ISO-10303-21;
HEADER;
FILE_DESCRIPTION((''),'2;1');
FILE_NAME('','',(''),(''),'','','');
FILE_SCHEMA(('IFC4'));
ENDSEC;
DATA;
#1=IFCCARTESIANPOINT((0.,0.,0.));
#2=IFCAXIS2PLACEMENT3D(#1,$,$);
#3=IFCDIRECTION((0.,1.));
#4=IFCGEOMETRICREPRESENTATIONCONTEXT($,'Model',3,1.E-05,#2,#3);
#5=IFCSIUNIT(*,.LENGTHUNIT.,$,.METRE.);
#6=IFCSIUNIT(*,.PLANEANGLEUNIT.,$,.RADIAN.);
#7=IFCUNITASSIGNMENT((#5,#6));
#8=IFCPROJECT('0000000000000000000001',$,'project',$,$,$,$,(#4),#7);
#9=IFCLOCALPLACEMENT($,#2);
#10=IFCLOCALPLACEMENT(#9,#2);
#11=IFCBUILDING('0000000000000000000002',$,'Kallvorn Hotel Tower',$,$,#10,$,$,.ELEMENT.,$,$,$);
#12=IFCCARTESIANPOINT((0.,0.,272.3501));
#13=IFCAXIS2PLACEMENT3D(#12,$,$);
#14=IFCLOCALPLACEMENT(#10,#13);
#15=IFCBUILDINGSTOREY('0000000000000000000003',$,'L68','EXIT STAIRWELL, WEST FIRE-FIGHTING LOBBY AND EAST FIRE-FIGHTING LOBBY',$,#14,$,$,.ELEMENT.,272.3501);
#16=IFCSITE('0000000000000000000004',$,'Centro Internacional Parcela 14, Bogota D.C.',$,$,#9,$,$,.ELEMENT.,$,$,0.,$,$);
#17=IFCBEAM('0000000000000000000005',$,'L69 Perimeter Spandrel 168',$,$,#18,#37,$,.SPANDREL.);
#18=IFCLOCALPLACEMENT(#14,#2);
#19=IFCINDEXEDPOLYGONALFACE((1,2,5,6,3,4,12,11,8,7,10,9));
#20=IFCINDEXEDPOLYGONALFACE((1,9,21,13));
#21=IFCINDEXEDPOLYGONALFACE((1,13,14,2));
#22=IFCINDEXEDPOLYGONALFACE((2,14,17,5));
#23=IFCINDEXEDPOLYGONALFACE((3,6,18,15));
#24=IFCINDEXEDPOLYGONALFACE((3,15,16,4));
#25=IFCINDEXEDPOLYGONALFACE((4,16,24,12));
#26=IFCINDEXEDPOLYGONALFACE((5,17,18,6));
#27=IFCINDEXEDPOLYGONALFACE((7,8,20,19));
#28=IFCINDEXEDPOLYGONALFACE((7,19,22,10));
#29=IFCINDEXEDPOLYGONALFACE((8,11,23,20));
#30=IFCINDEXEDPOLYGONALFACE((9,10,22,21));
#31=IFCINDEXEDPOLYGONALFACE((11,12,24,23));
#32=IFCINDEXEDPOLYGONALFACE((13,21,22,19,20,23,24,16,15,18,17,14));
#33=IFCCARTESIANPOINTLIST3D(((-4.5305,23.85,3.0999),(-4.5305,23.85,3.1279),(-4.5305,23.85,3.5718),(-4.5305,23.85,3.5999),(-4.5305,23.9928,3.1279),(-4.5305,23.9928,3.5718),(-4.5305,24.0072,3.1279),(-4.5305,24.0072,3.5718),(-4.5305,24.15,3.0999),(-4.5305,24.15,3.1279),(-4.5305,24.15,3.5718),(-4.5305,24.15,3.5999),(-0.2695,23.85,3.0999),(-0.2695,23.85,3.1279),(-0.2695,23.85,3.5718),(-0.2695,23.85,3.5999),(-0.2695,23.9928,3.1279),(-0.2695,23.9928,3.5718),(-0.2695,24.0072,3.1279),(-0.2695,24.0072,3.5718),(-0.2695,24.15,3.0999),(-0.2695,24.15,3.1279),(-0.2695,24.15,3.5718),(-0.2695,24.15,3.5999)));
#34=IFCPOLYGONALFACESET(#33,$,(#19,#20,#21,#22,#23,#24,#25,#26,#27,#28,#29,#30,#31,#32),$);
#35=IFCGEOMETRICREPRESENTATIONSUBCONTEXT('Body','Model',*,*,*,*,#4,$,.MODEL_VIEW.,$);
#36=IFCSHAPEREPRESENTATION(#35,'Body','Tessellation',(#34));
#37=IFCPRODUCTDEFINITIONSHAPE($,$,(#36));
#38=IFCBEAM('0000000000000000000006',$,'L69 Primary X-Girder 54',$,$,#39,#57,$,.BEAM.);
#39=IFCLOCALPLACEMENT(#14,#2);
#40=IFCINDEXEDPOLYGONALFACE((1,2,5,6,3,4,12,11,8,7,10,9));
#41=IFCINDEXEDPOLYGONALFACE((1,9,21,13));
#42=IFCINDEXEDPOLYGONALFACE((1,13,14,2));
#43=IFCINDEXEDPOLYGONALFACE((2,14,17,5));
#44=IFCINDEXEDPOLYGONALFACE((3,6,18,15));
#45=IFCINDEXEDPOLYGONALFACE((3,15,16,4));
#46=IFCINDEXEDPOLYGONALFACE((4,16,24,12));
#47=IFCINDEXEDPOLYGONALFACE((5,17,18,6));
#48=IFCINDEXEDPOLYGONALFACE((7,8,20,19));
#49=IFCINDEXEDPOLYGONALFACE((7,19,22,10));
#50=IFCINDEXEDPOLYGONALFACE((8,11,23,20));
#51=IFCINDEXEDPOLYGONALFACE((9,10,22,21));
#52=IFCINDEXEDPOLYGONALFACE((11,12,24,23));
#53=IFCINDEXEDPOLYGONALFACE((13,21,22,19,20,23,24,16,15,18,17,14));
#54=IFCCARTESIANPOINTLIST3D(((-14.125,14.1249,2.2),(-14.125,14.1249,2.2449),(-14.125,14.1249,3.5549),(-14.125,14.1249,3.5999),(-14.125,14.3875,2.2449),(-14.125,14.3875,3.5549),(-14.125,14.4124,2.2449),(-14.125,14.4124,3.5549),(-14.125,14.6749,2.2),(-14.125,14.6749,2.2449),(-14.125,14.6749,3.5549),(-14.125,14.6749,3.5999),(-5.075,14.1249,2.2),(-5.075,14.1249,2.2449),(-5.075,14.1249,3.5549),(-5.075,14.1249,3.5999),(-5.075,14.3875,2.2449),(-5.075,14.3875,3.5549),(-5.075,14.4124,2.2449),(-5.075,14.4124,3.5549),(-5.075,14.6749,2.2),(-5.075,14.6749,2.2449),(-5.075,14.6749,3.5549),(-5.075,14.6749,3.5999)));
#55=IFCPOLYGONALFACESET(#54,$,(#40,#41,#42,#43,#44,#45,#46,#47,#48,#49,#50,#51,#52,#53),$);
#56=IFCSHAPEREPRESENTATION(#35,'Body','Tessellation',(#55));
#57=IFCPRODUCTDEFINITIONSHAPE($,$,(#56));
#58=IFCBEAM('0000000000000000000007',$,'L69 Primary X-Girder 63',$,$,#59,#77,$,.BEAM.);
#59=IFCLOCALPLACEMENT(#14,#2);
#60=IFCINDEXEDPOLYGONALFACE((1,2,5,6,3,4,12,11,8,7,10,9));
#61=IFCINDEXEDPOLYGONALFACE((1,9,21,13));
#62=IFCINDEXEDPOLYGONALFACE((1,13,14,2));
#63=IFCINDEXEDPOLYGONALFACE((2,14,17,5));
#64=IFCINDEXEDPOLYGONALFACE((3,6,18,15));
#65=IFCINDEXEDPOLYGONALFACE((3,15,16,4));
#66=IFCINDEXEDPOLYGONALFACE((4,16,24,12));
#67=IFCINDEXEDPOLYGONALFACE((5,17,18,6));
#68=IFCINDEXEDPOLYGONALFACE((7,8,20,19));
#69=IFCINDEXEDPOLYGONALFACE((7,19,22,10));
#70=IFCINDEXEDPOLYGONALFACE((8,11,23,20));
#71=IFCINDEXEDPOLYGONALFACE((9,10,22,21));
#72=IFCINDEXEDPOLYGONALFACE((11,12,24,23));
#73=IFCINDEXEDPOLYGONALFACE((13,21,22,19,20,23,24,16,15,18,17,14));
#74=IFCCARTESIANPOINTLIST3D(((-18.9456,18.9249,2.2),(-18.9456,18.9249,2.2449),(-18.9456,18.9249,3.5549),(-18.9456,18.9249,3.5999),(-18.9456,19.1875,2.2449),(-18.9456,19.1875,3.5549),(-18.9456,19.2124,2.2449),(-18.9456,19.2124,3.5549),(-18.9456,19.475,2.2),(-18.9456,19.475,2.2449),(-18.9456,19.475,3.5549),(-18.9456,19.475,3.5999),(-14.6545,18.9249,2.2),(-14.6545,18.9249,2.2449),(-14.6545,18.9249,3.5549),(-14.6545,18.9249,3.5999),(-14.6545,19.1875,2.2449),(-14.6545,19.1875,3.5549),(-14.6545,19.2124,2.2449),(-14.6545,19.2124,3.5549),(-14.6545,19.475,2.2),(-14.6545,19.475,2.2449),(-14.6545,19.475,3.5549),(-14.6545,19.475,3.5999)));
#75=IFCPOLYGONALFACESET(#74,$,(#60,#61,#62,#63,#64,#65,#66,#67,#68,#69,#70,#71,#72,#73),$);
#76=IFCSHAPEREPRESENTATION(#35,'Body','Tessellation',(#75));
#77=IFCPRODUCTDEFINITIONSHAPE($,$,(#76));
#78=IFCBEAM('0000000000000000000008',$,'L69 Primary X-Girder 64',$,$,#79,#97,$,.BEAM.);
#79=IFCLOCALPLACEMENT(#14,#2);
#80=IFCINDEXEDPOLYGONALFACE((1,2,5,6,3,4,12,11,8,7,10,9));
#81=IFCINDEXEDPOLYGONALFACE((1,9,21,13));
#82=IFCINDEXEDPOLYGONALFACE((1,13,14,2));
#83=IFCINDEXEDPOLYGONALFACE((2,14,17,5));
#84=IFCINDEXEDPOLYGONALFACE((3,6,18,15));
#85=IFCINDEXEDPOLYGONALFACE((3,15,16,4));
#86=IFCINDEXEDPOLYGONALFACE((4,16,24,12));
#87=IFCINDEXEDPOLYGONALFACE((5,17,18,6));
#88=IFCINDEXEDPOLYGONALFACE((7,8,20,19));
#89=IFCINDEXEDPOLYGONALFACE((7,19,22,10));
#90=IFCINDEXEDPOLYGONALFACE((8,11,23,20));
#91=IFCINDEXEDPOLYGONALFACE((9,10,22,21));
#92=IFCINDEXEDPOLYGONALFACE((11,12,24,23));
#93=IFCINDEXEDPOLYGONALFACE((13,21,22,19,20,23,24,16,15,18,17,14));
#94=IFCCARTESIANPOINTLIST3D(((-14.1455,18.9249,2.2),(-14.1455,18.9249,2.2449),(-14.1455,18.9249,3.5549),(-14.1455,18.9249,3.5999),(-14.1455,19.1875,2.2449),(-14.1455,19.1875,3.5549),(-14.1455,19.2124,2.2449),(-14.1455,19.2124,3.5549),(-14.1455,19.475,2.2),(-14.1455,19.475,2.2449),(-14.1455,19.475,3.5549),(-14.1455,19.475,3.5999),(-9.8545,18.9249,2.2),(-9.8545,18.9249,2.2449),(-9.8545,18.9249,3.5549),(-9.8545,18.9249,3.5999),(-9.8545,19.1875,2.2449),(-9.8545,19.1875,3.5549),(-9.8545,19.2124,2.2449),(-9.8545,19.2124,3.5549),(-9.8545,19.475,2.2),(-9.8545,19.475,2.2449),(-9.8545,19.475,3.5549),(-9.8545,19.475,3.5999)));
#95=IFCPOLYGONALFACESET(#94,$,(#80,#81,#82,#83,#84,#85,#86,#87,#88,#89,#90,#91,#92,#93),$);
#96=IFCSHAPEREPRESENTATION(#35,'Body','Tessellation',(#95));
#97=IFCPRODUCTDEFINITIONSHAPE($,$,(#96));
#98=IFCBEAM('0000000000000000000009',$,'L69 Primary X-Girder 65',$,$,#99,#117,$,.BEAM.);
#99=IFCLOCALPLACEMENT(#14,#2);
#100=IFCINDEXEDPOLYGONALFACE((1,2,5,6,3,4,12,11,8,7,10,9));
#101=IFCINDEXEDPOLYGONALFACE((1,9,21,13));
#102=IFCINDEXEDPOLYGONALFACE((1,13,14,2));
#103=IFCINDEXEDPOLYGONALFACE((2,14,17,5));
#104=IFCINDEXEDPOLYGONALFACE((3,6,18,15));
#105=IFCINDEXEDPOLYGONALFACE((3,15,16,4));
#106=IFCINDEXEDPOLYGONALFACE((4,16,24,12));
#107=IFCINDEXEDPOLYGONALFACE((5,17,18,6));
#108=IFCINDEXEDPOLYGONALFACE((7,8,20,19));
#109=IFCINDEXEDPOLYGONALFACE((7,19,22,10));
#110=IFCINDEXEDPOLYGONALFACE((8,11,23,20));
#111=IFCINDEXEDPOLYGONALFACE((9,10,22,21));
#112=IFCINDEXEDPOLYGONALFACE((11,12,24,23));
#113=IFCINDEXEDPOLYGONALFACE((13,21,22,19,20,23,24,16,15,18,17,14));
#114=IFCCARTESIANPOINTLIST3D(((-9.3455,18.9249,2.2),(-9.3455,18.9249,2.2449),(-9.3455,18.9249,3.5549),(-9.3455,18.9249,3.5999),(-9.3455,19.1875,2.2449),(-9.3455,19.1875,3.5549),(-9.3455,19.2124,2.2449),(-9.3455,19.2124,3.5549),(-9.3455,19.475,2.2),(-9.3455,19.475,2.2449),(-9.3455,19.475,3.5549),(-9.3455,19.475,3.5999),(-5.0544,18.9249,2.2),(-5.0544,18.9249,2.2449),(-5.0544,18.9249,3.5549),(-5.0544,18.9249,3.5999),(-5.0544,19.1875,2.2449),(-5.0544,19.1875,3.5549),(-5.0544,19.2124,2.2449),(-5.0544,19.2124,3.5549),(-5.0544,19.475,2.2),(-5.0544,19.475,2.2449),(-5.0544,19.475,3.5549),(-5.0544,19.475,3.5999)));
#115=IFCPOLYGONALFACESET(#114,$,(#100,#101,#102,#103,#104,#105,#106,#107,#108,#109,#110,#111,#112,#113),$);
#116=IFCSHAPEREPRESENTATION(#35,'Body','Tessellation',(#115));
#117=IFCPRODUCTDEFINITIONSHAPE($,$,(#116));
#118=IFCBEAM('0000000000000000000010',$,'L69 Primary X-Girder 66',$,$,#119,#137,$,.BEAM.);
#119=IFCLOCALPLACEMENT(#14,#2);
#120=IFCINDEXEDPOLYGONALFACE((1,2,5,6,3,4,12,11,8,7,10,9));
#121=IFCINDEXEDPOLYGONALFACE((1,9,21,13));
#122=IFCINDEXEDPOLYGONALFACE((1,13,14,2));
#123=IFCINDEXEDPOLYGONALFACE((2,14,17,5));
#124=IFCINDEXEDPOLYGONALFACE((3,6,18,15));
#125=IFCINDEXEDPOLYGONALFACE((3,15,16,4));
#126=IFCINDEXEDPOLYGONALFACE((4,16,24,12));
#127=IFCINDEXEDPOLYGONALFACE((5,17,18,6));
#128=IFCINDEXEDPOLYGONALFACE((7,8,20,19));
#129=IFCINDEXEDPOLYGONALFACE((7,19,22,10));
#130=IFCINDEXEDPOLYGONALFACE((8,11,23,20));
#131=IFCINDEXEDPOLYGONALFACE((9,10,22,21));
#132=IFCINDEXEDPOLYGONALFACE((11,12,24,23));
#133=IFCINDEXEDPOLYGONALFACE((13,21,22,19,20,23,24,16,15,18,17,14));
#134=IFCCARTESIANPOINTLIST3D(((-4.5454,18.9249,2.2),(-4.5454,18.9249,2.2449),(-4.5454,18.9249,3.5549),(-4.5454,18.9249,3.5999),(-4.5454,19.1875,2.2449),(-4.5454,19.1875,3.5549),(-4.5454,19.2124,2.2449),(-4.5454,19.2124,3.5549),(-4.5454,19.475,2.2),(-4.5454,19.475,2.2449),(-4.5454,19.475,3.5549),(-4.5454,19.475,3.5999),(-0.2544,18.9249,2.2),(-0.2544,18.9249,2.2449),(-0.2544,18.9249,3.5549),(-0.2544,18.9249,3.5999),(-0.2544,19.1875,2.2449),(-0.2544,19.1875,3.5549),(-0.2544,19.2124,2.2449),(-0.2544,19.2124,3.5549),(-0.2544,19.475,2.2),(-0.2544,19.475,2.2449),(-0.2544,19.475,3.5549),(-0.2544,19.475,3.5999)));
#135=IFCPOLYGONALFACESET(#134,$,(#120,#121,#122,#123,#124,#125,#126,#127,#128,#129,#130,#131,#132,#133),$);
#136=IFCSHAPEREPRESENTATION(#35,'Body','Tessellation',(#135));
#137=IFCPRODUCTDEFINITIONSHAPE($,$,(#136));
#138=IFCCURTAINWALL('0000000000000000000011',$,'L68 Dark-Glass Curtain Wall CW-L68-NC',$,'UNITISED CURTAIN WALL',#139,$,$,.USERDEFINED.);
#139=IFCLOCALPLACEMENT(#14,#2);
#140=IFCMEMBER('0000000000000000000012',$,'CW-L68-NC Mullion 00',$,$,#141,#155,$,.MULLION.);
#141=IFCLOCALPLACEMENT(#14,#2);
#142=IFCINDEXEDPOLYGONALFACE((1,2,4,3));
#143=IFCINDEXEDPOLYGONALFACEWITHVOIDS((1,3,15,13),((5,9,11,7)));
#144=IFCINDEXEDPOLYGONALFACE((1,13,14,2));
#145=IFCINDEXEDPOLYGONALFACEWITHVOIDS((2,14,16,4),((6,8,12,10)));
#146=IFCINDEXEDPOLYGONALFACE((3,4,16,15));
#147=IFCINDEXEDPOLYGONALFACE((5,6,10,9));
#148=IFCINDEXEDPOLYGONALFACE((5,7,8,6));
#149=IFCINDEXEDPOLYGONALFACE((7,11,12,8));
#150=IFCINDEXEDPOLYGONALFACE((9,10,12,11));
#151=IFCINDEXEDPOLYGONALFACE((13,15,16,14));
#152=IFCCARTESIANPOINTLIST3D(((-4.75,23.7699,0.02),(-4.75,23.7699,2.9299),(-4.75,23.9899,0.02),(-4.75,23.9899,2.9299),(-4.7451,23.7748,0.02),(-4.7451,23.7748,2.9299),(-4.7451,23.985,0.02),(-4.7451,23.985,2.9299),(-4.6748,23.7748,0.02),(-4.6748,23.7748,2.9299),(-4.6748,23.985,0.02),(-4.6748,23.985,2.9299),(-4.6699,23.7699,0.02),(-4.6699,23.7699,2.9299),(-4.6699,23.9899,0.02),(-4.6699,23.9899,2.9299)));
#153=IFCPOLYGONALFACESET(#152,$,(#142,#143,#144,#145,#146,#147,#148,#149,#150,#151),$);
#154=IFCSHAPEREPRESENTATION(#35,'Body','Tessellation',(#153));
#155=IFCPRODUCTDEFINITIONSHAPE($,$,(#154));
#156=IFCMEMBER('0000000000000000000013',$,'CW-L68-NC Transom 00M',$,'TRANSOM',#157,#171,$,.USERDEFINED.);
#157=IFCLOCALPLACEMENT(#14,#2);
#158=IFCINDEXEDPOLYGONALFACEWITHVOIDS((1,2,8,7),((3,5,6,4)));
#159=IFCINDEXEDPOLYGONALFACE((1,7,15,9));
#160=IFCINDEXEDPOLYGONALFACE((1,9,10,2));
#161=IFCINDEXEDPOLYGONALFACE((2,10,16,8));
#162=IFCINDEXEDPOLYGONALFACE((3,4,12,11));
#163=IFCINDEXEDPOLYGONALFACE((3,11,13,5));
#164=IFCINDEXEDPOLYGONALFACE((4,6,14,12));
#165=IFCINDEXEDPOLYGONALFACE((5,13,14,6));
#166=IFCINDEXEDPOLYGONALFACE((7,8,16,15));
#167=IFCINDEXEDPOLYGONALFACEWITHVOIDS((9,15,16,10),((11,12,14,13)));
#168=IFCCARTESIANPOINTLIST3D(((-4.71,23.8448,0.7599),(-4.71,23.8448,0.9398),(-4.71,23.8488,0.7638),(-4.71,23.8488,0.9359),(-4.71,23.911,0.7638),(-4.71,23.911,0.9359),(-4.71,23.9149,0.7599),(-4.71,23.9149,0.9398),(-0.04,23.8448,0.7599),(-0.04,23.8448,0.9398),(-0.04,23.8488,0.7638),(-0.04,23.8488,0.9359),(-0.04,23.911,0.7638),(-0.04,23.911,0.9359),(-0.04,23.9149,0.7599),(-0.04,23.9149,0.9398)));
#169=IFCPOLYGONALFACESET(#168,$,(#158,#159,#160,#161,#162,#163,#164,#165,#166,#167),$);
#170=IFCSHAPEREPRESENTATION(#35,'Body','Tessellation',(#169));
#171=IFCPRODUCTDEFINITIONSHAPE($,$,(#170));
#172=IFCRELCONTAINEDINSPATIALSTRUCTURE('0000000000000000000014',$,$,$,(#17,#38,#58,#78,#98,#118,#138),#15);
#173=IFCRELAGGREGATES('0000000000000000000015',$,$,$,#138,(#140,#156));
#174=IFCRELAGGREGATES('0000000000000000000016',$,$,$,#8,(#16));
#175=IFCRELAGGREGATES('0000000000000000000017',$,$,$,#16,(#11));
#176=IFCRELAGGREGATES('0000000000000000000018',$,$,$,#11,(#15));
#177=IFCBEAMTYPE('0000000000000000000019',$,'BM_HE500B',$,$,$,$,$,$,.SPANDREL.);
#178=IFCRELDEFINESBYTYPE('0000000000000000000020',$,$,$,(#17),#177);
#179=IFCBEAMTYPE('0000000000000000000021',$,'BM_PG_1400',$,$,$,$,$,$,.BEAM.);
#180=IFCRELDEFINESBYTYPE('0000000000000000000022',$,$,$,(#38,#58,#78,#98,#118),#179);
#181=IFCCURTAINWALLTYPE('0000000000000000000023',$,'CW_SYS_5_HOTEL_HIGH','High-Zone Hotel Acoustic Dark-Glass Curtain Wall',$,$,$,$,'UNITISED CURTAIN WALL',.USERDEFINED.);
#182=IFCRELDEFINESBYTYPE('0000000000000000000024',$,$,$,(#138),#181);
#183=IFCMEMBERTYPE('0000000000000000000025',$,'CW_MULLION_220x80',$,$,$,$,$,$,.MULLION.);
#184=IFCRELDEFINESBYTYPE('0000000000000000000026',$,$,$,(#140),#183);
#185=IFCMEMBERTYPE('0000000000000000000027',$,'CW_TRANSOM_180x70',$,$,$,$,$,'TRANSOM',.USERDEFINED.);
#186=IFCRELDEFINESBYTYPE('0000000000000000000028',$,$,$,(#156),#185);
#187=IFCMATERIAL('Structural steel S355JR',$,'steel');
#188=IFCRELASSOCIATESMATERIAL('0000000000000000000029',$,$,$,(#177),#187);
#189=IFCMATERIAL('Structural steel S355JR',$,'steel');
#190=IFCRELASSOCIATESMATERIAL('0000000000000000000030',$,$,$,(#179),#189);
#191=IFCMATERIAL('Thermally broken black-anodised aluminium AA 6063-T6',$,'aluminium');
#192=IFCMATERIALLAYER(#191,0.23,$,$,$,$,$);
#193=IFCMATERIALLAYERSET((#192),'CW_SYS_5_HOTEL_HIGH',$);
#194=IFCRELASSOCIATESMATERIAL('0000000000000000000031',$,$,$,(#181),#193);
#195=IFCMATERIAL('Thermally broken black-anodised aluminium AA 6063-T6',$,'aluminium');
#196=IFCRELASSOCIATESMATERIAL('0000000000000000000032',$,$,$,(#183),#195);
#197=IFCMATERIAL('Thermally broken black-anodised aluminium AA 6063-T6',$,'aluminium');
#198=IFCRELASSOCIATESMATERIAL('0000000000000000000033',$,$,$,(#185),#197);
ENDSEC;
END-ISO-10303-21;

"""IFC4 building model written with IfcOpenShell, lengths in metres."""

from ifc_helpers import new_model, si_unit, direction, frame, origin, origin_2d, place, context, subcontext, project, spatial, hollow_rectangle, i_section, extrude, material, layer, layer_set, material_profile, profile_set, type_object, element, aggregate, save


model = new_model("IFC4")

# Units and contexts
model_context = context("Model", 3, precision=1e-05, world=origin(), true_north=direction((0.0, 1.0)))
body_context = subcontext(model_context, "Body", "Model", "MODEL_VIEW")
ifc_project = project(units=[si_unit("LENGTHUNIT", "METRE"), si_unit("PLANEANGLEUNIT", "RADIAN")], contexts=[model_context])

# Site, building, storey
site_placement = place(None, origin())
site = spatial("IfcSite", under=ifc_project, at=site_placement, Name="Centro Internacional Parcela 14, Bogota D.C.", CompositionType="ELEMENT", RefElevation=0.0)
building_placement = place(site_placement, origin())
building = spatial("IfcBuilding", under=site, at=building_placement, Name="Kallvorn Hotel Tower", CompositionType="ELEMENT")
storey_placement = place(building_placement, frame((0.0, 0.0, 272.3501)))
storey = spatial("IfcBuildingStorey", under=building, at=storey_placement, Name="L68", Description="EXIT STAIRWELL, WEST FIRE-FIGHTING LOBBY AND EAST FIRE-FIGHTING LOBBY", CompositionType="ELEMENT", Elevation=272.3501)

# Beams
ifc_material_1 = material(Name="Structural steel S355JR", Category="steel")
ifc_material_profile_1 = material_profile(ifc_material_1, i_section(OverallWidth=0.3, OverallDepth=0.5, WebThickness=0.0144, FlangeThickness=0.0281, at=origin_2d()), Name="HE 500 B")
ifc_profile_set_1 = profile_set([ifc_material_profile_1], Name="Structural steel S355JR")
beam_type_1 = type_object("IfcBeamType", Name="BM_HE500B", PredefinedType="SPANDREL", material=ifc_profile_set_1)
for number, where, z_axis, x_axis, name in (
    (1, (-4.5305, 24.0, 3.3499), (1.0, 0.0, 0.0), (0.0, 1.0, 0.0), "L69 Perimeter Spandrel 168"),
):
    element("IfcBeam", number, at=place(storey_placement, frame(where, z_axis=z_axis, x_axis=x_axis)), inside=storey, type_object=beam_type_1, Name=name, PredefinedType="SPANDREL", context=body_context, shape_type="SweptSolid", body=[
        extrude(i_section(OverallWidth=0.3, OverallDepth=0.5, WebThickness=0.0144, FlangeThickness=0.0281, at=origin_2d()), origin(), (0.0, 0.0, 1.0), 4.261),
    ])
ifc_material_2 = material(Name="Structural steel S355JR", Category="steel")
ifc_material_profile_2 = material_profile(ifc_material_2, i_section(OverallWidth=0.55, OverallDepth=1.3999, WebThickness=0.0249, FlangeThickness=0.0449, at=origin_2d()), Name="PG 1400x550x25x45")
ifc_profile_set_2 = profile_set([ifc_material_profile_2], Name="Structural steel S355JR")
beam_type_2 = type_object("IfcBeamType", Name="BM_PG_1400", PredefinedType="BEAM", material=ifc_profile_set_2)
beam_1_placement = place(storey_placement, frame((-14.125, 14.3999, 2.8999), z_axis=(1.0, 0.0, 0.0), x_axis=(0.0, 1.0, 0.0)))
element("IfcBeam", 2, at=beam_1_placement, inside=storey, type_object=beam_type_2, Name="L69 Primary X-Girder 54", PredefinedType="BEAM", context=body_context, shape_type="SweptSolid", body=[
    extrude(i_section(OverallWidth=0.55, OverallDepth=1.3999, WebThickness=0.0249, FlangeThickness=0.0449, at=origin_2d()), origin(), (0.0, 0.0, 1.0), 9.05),
])
for number, where, z_axis, x_axis, name in (
    (3, (-18.9456, 19.2, 2.8999), (1.0, 0.0, 0.0), (0.0, 1.0, 0.0), "L69 Primary X-Girder 63"),
    (4, (-14.1455, 19.2, 2.8999), (1.0, 0.0, 0.0), (0.0, 1.0, 0.0), "L69 Primary X-Girder 64"),
    (5, (-9.3455, 19.2, 2.8999), (1.0, 0.0, 0.0), (0.0, 1.0, 0.0), "L69 Primary X-Girder 65"),
    (6, (-4.5454, 19.2, 2.8999), (1.0, 0.0, 0.0), (0.0, 1.0, 0.0), "L69 Primary X-Girder 66"),
):
    element("IfcBeam", number, at=place(storey_placement, frame(where, z_axis=z_axis, x_axis=x_axis)), inside=storey, type_object=beam_type_2, Name=name, PredefinedType="BEAM", context=body_context, shape_type="SweptSolid", body=[
        extrude(i_section(OverallWidth=0.55, OverallDepth=1.3999, WebThickness=0.0249, FlangeThickness=0.0449, at=origin_2d()), origin(), (0.0, 0.0, 1.0), 4.291),
    ])

# Curtain wall, members
ifc_material_3 = material(Name="Thermally broken black-anodised aluminium AA 6063-T6", Category="aluminium")
ifc_layer = layer(ifc_material_3, 0.23)
ifc_layer_set = layer_set([ifc_layer], Name="CW_SYS_5_HOTEL_HIGH")
curtain_wall_type = type_object("IfcCurtainWallType", Name="CW_SYS_5_HOTEL_HIGH", Description="High-Zone Hotel Acoustic Dark-Glass Curtain Wall", ElementType="UNITISED CURTAIN WALL", PredefinedType="USERDEFINED", material=ifc_layer_set)
curtain_wall_placement = place(storey_placement, origin())
curtain_wall = element("IfcCurtainWall", 7, at=curtain_wall_placement, inside=storey, type_object=curtain_wall_type, Name="L68 Dark-Glass Curtain Wall CW-L68-NC", ObjectType="UNITISED CURTAIN WALL", PredefinedType="USERDEFINED")
ifc_material_4 = material(Name="Thermally broken black-anodised aluminium AA 6063-T6", Category="aluminium")
ifc_material_profile_3 = material_profile(ifc_material_4, hollow_rectangle(XDim=0.0801, YDim=0.22, WallThickness=0.0049, at=origin_2d()), Name="MUL 220x80")
ifc_profile_set_3 = profile_set([ifc_material_profile_3], Name="Thermally broken black-anodised aluminium AA 6063-T6")
member_type_1 = type_object("IfcMemberType", Name="CW_MULLION_220x80", PredefinedType="MULLION", material=ifc_profile_set_3)
member_1_placement = place(storey_placement, frame((-4.71, 23.8799, 0.02), z_axis=(0.0, 0.0, 1.0), x_axis=(1.0, 0.0, 0.0)))
member_1 = element("IfcMember", 8, at=member_1_placement, type_object=member_type_1, Name="CW-L68-NC Mullion 00", PredefinedType="MULLION", context=body_context, shape_type="SweptSolid", body=[
    extrude(hollow_rectangle(XDim=0.0801, YDim=0.22, WallThickness=0.0049, at=origin_2d()), origin(), (0.0, 0.0, 1.0), 2.9099),
])
ifc_material_5 = material(Name="Thermally broken black-anodised aluminium AA 6063-T6", Category="aluminium")
ifc_material_profile_4 = material_profile(ifc_material_5, hollow_rectangle(XDim=0.0701, YDim=0.1799, WallThickness=0.0039, at=origin_2d()), Name="TRN 180x70")
ifc_profile_set_4 = profile_set([ifc_material_profile_4], Name="Thermally broken black-anodised aluminium AA 6063-T6")
member_type_2 = type_object("IfcMemberType", Name="CW_TRANSOM_180x70", ElementType="TRANSOM", PredefinedType="USERDEFINED", material=ifc_profile_set_4)
member_2_placement = place(storey_placement, frame((-4.71, 23.8799, 0.8499), z_axis=(1.0, 0.0, 0.0), x_axis=(0.0, 1.0, 0.0)))
member_2 = element("IfcMember", 9, at=member_2_placement, type_object=member_type_2, Name="CW-L68-NC Transom 00M", ObjectType="TRANSOM", PredefinedType="USERDEFINED", context=body_context, shape_type="SweptSolid", body=[
    extrude(hollow_rectangle(XDim=0.0701, YDim=0.1799, WallThickness=0.0039, at=origin_2d()), origin(), (0.0, 0.0, 1.0), 4.6699),
])
aggregate(curtain_wall, [member_1, member_2])

save(model, "model.ifc")
